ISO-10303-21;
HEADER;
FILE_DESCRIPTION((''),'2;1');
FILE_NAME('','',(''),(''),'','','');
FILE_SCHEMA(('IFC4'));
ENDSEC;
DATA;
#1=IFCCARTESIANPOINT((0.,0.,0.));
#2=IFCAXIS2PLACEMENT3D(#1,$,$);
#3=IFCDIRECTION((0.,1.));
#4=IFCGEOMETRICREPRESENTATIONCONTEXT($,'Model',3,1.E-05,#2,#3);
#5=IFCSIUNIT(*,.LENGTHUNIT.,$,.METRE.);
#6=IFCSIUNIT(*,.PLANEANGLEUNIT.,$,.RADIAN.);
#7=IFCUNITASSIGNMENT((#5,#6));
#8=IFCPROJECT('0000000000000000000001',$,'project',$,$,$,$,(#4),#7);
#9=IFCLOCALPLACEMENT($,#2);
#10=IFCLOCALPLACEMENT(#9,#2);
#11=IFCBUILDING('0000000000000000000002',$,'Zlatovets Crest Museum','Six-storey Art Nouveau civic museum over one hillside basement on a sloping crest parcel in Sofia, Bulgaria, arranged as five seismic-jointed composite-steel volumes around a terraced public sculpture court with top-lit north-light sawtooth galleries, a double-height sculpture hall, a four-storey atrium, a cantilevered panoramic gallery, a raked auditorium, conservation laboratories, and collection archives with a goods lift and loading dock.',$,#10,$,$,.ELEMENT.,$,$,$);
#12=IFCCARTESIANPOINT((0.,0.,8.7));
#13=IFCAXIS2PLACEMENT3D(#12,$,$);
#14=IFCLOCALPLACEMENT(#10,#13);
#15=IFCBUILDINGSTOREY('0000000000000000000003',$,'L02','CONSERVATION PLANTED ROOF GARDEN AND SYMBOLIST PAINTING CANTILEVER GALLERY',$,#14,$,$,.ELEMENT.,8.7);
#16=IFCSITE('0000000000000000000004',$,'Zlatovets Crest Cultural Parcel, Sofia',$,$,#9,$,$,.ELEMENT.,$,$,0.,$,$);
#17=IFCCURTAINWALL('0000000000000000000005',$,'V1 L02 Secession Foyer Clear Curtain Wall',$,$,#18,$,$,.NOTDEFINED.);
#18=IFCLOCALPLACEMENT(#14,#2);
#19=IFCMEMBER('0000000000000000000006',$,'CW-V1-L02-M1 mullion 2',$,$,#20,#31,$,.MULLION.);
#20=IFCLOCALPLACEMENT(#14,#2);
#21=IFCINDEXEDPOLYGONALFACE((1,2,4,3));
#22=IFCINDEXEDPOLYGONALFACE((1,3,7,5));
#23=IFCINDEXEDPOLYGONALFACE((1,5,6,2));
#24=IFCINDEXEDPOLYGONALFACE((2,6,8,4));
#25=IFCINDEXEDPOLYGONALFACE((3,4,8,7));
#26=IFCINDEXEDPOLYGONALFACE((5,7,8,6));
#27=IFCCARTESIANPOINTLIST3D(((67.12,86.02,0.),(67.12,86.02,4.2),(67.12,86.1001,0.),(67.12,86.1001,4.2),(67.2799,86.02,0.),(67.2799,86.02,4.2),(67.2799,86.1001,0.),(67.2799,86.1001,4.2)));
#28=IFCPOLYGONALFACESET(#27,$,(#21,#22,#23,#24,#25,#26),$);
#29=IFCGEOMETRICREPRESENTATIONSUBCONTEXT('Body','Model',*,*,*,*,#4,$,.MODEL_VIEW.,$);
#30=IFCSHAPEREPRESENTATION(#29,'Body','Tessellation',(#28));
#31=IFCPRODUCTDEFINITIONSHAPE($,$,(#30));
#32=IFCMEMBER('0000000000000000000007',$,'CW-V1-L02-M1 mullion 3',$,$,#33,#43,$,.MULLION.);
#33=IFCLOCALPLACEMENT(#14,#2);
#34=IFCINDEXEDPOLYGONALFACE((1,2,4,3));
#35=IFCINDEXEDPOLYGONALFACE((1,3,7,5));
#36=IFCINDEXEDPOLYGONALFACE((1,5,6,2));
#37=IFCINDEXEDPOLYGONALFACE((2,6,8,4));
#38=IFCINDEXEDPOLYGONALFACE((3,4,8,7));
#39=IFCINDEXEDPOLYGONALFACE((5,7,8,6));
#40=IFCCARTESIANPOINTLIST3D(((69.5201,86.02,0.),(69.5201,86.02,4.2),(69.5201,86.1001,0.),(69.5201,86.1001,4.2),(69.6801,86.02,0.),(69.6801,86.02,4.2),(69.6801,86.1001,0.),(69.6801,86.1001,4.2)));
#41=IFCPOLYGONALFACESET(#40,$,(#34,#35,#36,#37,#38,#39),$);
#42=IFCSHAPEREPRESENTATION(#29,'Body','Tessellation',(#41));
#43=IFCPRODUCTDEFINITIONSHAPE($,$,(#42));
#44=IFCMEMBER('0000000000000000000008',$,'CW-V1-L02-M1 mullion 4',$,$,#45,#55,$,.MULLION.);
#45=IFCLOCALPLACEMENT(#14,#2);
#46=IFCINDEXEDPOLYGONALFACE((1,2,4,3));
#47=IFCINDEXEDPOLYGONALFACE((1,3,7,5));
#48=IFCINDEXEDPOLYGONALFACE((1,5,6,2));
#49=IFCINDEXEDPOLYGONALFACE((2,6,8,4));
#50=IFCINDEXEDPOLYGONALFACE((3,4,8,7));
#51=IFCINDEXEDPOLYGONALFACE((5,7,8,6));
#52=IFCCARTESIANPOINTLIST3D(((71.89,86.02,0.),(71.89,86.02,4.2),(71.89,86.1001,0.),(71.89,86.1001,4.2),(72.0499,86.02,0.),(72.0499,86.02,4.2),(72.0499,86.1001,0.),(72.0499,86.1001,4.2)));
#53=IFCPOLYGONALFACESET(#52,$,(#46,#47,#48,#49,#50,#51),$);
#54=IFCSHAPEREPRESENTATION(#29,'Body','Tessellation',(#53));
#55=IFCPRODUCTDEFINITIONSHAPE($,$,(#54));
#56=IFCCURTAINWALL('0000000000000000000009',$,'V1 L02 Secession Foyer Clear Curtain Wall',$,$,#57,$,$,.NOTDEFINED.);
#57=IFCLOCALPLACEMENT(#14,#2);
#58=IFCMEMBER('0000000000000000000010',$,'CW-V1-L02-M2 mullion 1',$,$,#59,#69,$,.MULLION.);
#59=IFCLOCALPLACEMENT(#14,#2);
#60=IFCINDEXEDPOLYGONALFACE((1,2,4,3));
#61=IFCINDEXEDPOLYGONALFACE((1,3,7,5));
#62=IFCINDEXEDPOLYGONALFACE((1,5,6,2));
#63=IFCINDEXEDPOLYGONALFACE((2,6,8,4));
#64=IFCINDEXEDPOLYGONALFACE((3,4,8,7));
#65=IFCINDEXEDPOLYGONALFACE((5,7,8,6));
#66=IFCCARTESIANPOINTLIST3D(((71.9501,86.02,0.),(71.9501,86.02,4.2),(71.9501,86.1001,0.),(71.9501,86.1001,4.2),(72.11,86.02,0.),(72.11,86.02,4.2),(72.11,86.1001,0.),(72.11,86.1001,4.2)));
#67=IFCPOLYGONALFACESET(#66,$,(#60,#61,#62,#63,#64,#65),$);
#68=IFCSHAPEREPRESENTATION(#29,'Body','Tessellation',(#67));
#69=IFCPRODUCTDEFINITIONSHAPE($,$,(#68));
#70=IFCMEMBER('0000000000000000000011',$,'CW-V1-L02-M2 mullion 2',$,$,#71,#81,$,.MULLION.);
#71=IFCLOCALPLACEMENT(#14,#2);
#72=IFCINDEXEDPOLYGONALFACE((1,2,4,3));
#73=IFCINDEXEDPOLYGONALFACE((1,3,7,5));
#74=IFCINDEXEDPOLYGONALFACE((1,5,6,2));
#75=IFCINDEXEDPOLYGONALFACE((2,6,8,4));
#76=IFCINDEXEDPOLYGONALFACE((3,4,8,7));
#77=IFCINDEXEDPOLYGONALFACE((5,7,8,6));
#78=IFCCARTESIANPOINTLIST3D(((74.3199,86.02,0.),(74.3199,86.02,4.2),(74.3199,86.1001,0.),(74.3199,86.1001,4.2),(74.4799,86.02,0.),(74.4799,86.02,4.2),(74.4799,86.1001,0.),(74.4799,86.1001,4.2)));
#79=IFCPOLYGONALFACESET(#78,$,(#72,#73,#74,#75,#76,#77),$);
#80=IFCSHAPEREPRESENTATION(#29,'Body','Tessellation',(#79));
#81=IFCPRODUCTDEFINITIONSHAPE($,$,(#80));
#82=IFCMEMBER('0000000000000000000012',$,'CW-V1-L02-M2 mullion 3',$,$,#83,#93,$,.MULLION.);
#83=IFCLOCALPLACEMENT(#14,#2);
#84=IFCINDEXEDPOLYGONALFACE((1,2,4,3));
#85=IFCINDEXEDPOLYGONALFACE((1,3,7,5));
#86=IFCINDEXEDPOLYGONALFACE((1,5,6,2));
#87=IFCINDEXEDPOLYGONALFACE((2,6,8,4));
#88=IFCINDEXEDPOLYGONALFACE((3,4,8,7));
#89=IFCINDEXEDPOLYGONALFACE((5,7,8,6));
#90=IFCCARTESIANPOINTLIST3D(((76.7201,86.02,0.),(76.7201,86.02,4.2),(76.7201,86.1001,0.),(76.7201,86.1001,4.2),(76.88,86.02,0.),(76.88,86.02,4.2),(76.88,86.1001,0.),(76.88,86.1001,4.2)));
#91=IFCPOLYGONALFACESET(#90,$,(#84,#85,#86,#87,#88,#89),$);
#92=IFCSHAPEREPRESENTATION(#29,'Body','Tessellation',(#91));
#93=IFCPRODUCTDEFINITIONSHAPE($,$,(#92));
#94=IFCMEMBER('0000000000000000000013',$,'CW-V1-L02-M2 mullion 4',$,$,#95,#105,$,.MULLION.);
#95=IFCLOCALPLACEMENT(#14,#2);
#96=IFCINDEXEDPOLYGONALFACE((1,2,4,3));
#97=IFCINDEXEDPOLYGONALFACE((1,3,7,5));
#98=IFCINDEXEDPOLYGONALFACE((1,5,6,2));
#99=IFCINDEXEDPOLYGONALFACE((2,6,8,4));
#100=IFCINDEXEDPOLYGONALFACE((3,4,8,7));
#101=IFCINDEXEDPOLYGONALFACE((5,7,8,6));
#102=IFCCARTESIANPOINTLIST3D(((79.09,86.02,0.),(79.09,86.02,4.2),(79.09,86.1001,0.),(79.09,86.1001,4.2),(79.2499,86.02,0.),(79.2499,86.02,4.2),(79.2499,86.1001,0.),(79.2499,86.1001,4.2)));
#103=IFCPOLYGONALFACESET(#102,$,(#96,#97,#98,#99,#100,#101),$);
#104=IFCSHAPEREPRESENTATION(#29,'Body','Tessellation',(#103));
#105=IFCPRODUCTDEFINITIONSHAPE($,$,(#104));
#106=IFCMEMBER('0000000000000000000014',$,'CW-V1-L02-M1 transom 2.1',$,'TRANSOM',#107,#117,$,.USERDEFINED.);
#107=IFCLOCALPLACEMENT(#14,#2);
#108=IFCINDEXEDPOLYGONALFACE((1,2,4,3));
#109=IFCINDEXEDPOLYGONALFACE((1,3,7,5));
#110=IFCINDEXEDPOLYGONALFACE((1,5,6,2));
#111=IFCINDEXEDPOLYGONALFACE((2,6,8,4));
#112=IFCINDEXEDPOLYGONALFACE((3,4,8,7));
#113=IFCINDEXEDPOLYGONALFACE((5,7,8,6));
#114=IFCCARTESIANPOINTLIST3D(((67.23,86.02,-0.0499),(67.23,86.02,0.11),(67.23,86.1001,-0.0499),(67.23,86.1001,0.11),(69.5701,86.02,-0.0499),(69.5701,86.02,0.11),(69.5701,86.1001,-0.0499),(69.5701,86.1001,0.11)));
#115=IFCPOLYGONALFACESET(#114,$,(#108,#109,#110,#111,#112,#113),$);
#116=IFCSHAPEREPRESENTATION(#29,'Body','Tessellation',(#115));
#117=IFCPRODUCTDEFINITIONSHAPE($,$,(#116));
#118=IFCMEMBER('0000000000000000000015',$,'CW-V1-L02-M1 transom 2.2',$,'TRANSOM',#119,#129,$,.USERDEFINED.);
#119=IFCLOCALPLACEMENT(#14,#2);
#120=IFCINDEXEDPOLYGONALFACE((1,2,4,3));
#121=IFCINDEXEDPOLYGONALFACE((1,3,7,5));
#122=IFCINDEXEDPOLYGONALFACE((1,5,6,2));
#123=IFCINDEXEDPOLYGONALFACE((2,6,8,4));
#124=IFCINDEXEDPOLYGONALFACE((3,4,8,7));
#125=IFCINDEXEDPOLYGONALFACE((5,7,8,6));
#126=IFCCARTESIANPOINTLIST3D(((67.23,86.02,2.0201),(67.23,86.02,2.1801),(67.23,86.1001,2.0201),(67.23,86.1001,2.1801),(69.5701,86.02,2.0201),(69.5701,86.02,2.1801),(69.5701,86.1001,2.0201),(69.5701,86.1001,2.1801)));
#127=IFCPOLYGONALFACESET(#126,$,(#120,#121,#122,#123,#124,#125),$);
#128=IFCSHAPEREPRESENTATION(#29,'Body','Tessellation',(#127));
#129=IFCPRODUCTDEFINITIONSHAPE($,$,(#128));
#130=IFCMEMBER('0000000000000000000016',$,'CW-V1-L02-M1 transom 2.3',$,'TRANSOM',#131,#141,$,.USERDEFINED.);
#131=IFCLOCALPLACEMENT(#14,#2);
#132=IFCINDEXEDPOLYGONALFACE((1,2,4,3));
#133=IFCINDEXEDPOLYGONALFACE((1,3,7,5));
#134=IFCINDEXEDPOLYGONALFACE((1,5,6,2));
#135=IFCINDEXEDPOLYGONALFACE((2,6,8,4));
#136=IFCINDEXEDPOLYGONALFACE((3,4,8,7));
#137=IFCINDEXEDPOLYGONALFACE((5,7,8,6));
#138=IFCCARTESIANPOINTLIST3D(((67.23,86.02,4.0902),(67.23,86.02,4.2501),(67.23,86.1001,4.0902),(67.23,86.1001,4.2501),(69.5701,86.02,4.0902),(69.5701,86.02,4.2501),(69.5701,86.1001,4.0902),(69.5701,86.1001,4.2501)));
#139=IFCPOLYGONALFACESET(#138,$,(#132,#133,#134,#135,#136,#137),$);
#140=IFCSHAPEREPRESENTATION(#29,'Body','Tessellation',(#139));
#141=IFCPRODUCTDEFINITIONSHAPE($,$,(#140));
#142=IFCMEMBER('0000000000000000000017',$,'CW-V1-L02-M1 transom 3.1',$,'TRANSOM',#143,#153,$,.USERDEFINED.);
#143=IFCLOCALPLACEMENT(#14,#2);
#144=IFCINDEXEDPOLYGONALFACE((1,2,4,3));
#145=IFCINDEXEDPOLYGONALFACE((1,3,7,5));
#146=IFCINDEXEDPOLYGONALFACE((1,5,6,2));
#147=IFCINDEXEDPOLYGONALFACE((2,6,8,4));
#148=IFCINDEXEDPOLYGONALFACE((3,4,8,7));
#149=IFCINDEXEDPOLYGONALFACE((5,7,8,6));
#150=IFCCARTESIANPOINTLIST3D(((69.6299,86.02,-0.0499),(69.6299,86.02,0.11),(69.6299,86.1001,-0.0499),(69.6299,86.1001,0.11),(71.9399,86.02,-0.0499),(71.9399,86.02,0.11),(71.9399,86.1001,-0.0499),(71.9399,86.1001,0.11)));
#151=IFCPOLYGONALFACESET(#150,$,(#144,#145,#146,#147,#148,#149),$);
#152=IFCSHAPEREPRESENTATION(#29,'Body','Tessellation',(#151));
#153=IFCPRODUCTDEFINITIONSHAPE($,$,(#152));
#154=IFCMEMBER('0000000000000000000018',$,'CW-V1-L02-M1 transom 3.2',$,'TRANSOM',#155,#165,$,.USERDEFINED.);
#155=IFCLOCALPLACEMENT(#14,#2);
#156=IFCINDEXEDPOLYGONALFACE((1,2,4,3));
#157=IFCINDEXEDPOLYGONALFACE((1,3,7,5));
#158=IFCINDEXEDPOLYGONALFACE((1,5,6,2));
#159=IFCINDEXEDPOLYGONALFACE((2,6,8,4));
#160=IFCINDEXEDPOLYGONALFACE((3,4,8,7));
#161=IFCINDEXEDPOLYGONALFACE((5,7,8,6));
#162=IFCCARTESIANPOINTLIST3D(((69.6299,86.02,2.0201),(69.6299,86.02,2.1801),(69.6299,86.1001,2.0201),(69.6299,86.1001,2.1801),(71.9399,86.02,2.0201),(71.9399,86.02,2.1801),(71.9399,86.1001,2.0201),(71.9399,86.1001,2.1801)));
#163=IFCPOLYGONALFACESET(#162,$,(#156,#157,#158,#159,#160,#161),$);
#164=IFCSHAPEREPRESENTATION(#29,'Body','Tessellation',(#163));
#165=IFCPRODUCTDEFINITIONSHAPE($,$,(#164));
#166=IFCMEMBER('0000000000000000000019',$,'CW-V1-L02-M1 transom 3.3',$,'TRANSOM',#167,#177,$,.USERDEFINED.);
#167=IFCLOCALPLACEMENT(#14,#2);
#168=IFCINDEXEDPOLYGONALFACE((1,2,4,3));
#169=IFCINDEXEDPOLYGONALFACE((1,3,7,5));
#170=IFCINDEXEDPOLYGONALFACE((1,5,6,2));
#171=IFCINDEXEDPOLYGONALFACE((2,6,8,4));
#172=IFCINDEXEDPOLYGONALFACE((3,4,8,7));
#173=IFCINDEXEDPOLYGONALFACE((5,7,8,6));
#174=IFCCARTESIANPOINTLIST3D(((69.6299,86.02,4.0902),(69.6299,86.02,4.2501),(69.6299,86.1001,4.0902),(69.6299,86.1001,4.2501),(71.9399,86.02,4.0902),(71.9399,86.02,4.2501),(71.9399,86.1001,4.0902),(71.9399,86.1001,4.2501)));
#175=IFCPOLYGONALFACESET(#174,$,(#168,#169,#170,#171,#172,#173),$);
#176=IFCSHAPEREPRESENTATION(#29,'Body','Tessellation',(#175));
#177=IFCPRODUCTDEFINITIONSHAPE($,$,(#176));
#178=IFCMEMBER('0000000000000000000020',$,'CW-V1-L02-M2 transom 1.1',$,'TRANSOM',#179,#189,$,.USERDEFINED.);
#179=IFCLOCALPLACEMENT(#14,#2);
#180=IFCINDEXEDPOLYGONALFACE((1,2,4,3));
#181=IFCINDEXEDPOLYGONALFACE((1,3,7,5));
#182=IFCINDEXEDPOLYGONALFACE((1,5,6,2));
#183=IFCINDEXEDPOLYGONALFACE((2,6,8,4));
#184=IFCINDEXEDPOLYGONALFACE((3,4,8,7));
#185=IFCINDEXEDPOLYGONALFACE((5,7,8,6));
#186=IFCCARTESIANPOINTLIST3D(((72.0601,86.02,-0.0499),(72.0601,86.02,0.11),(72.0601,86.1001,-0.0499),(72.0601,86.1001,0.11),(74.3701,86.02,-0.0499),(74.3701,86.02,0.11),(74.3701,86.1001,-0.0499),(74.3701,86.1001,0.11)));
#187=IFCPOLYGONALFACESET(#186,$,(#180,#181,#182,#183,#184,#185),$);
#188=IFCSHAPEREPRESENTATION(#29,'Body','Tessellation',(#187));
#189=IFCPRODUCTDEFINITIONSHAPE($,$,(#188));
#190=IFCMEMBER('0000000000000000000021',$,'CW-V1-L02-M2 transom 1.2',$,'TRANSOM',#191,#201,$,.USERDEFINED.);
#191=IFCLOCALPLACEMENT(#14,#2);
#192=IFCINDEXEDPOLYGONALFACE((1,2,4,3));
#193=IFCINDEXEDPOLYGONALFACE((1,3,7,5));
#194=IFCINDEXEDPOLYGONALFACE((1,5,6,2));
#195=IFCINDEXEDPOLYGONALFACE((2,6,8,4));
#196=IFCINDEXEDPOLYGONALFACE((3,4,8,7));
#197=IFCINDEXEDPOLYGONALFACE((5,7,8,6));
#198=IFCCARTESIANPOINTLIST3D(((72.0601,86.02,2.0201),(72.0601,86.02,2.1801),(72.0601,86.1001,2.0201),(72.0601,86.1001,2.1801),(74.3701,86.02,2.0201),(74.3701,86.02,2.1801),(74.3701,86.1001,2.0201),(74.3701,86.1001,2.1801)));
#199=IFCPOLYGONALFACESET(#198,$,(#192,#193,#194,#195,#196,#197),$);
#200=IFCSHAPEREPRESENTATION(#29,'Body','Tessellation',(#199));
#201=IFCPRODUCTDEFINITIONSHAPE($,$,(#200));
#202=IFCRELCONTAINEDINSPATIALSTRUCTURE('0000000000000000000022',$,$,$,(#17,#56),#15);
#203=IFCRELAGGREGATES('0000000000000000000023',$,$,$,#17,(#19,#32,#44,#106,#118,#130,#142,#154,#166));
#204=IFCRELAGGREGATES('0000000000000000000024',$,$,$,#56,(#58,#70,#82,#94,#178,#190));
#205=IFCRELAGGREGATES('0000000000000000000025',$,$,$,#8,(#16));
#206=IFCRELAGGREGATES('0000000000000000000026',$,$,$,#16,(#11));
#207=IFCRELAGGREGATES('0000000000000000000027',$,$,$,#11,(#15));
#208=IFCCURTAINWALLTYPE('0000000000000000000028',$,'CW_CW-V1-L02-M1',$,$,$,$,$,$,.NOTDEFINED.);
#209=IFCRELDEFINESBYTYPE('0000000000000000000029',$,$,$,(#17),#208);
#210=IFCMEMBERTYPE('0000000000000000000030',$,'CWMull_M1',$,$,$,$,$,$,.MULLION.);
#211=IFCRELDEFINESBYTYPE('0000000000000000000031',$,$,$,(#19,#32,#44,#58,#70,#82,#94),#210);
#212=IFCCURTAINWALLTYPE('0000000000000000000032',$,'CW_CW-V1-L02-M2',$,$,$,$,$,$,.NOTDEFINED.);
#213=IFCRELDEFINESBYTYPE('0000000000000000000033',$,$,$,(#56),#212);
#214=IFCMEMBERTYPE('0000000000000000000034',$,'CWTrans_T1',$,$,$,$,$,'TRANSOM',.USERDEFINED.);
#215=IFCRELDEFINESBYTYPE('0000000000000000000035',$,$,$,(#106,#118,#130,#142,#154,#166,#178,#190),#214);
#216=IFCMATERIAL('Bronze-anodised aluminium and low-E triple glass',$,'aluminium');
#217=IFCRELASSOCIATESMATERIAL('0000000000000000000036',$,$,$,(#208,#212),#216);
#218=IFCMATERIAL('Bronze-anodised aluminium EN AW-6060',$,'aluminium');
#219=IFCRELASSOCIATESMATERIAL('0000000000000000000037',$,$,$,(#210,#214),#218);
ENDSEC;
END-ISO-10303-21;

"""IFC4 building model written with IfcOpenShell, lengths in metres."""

from ifc_helpers import new_model, si_unit, direction, frame, origin, origin_2d, place, context, subcontext, project, spatial, rectangle, extrude, material, material_profile, profile_set, type_object, element, aggregate, save


model = new_model("IFC4")

# Units and contexts
model_context = context("Model", 3, precision=1e-05, world=origin(), true_north=direction((0.0, 1.0)))
body_context = subcontext(model_context, "Body", "Model", "MODEL_VIEW")
ifc_project = project(units=[si_unit("LENGTHUNIT", "METRE"), si_unit("PLANEANGLEUNIT", "RADIAN")], contexts=[model_context])

# Site, building, storey
site_placement = place(None, origin())
site = spatial("IfcSite", under=ifc_project, at=site_placement, Name="Zlatovets Crest Cultural Parcel, Sofia", CompositionType="ELEMENT", RefElevation=0.0)
building_placement = place(site_placement, origin())
building = spatial("IfcBuilding", under=site, at=building_placement, Name="Zlatovets Crest Museum", Description="Six-storey Art Nouveau civic museum over one hillside basement on a sloping crest parcel in Sofia, Bulgaria, arranged as five seismic-jointed composite-steel volumes around a terraced public sculpture court with top-lit north-light sawtooth galleries, a double-height sculpture hall, a four-storey atrium, a cantilevered panoramic gallery, a raked auditorium, conservation laboratories, and collection archives with a goods lift and loading dock.", CompositionType="ELEMENT")
storey_placement = place(building_placement, frame((0.0, 0.0, 8.7)))
storey = spatial("IfcBuildingStorey", under=building, at=storey_placement, Name="L02", Description="CONSERVATION PLANTED ROOF GARDEN AND SYMBOLIST PAINTING CANTILEVER GALLERY", CompositionType="ELEMENT", Elevation=8.7)

# Curtain walls, members
ifc_material_1 = material(Name="Bronze-anodised aluminium and low-E triple glass", Category="aluminium")
curtain_wall_type_1 = type_object("IfcCurtainWallType", Name="CW_CW-V1-L02-M1", PredefinedType="NOTDEFINED", material=ifc_material_1)
curtain_wall_1_placement = place(storey_placement, origin())
curtain_wall_1 = element("IfcCurtainWall", 1, at=curtain_wall_1_placement, inside=storey, type_object=curtain_wall_type_1, Name="V1 L02 Secession Foyer Clear Curtain Wall", PredefinedType="NOTDEFINED")
ifc_material_2 = material(Name="Bronze-anodised aluminium EN AW-6060", Category="aluminium")
ifc_material_profile_1 = material_profile(ifc_material_2, rectangle(XDim=0.0801, YDim=0.1599, at=origin_2d()), Name="ALU 80x160")
ifc_profile_set_1 = profile_set([ifc_material_profile_1], Name="Bronze-anodised aluminium EN AW-6060")
member_type_1 = type_object("IfcMemberType", Name="CWMull_M1", PredefinedType="MULLION", material=ifc_profile_set_1)
member_1_placement = place(storey_placement, frame((67.2, 86.0601, 0.0), z_axis=(0.0, 0.0, 1.0), x_axis=(0.0, 1.0, 0.0)))
member_1 = element("IfcMember", 2, at=member_1_placement, type_object=member_type_1, Name="CW-V1-L02-M1 mullion 2", PredefinedType="MULLION", context=body_context, shape_type="SweptSolid", body=[
    extrude(rectangle(XDim=0.0801, YDim=0.1599, at=origin_2d()), origin(), (0.0, 0.0, 1.0), 4.2),
])
member_2_placement = place(storey_placement, frame((69.6001, 86.0601, 0.0), z_axis=(0.0, 0.0, 1.0), x_axis=(0.0, 1.0, 0.0)))
member_2 = element("IfcMember", 3, at=member_2_placement, type_object=member_type_1, Name="CW-V1-L02-M1 mullion 3", PredefinedType="MULLION", context=body_context, shape_type="SweptSolid", body=[
    extrude(rectangle(XDim=0.0801, YDim=0.1599, at=origin_2d()), origin(), (0.0, 0.0, 1.0), 4.2),
])
member_3_placement = place(storey_placement, frame((71.97, 86.0601, 0.0), z_axis=(0.0, 0.0, 1.0), x_axis=(0.0, 1.0, 0.0)))
member_3 = element("IfcMember", 4, at=member_3_placement, type_object=member_type_1, Name="CW-V1-L02-M1 mullion 4", PredefinedType="MULLION", context=body_context, shape_type="SweptSolid", body=[
    extrude(rectangle(XDim=0.0801, YDim=0.1599, at=origin_2d()), origin(), (0.0, 0.0, 1.0), 4.2),
])
curtain_wall_type_2 = type_object("IfcCurtainWallType", Name="CW_CW-V1-L02-M2", PredefinedType="NOTDEFINED", material=ifc_material_1)
curtain_wall_2_placement = place(storey_placement, origin())
curtain_wall_2 = element("IfcCurtainWall", 5, at=curtain_wall_2_placement, inside=storey, type_object=curtain_wall_type_2, Name="V1 L02 Secession Foyer Clear Curtain Wall", PredefinedType="NOTDEFINED")
member_4_placement = place(storey_placement, frame((72.03, 86.0601, 0.0), z_axis=(0.0, 0.0, 1.0), x_axis=(0.0, 1.0, 0.0)))
member_4 = element("IfcMember", 6, at=member_4_placement, type_object=member_type_1, Name="CW-V1-L02-M2 mullion 1", PredefinedType="MULLION", context=body_context, shape_type="SweptSolid", body=[
    extrude(rectangle(XDim=0.0801, YDim=0.1599, at=origin_2d()), origin(), (0.0, 0.0, 1.0), 4.2),
])
member_5_placement = place(storey_placement, frame((74.3999, 86.0601, 0.0), z_axis=(0.0, 0.0, 1.0), x_axis=(0.0, 1.0, 0.0)))
member_5 = element("IfcMember", 7, at=member_5_placement, type_object=member_type_1, Name="CW-V1-L02-M2 mullion 2", PredefinedType="MULLION", context=body_context, shape_type="SweptSolid", body=[
    extrude(rectangle(XDim=0.0801, YDim=0.1599, at=origin_2d()), origin(), (0.0, 0.0, 1.0), 4.2),
])
member_6_placement = place(storey_placement, frame((76.8, 86.0601, 0.0), z_axis=(0.0, 0.0, 1.0), x_axis=(0.0, 1.0, 0.0)))
member_6 = element("IfcMember", 8, at=member_6_placement, type_object=member_type_1, Name="CW-V1-L02-M2 mullion 3", PredefinedType="MULLION", context=body_context, shape_type="SweptSolid", body=[
    extrude(rectangle(XDim=0.0801, YDim=0.1599, at=origin_2d()), origin(), (0.0, 0.0, 1.0), 4.2),
])
member_7_placement = place(storey_placement, frame((79.1699, 86.0601, 0.0), z_axis=(0.0, 0.0, 1.0), x_axis=(0.0, 1.0, 0.0)))
member_7 = element("IfcMember", 9, at=member_7_placement, type_object=member_type_1, Name="CW-V1-L02-M2 mullion 4", PredefinedType="MULLION", context=body_context, shape_type="SweptSolid", body=[
    extrude(rectangle(XDim=0.0801, YDim=0.1599, at=origin_2d()), origin(), (0.0, 0.0, 1.0), 4.2),
])

# Members
ifc_material_profile_2 = material_profile(ifc_material_2, rectangle(XDim=0.0801, YDim=0.1599, at=origin_2d()), Name="ALU 80x160")
ifc_profile_set_2 = profile_set([ifc_material_profile_2], Name="Bronze-anodised aluminium EN AW-6060")
member_type_2 = type_object("IfcMemberType", Name="CWTrans_T1", ElementType="TRANSOM", PredefinedType="USERDEFINED", material=ifc_profile_set_2)
member_8_placement = place(storey_placement, frame((67.23, 86.0601, 0.03), z_axis=(1.0, 0.0, 0.0), x_axis=(0.0, 1.0, 0.0)))
member_8 = element("IfcMember", 10, at=member_8_placement, type_object=member_type_2, Name="CW-V1-L02-M1 transom 2.1", ObjectType="TRANSOM", PredefinedType="USERDEFINED", context=body_context, shape_type="SweptSolid", body=[
    extrude(rectangle(XDim=0.0801, YDim=0.1599, at=origin_2d()), origin(), (0.0, 0.0, 1.0), 2.3401),
])
member_9_placement = place(storey_placement, frame((67.23, 86.0601, 2.1001), z_axis=(1.0, 0.0, 0.0), x_axis=(0.0, 1.0, 0.0)))
member_9 = element("IfcMember", 11, at=member_9_placement, type_object=member_type_2, Name="CW-V1-L02-M1 transom 2.2", ObjectType="TRANSOM", PredefinedType="USERDEFINED", context=body_context, shape_type="SweptSolid", body=[
    extrude(rectangle(XDim=0.0801, YDim=0.1599, at=origin_2d()), origin(), (0.0, 0.0, 1.0), 2.3401),
])
member_10_placement = place(storey_placement, frame((67.23, 86.0601, 4.1702), z_axis=(1.0, 0.0, 0.0), x_axis=(0.0, 1.0, 0.0)))
member_10 = element("IfcMember", 12, at=member_10_placement, type_object=member_type_2, Name="CW-V1-L02-M1 transom 2.3", ObjectType="TRANSOM", PredefinedType="USERDEFINED", context=body_context, shape_type="SweptSolid", body=[
    extrude(rectangle(XDim=0.0801, YDim=0.1599, at=origin_2d()), origin(), (0.0, 0.0, 1.0), 2.3401),
])
member_11_placement = place(storey_placement, frame((69.6299, 86.0601, 0.03), z_axis=(1.0, 0.0, 0.0), x_axis=(0.0, 1.0, 0.0)))
member_11 = element("IfcMember", 13, at=member_11_placement, type_object=member_type_2, Name="CW-V1-L02-M1 transom 3.1", ObjectType="TRANSOM", PredefinedType="USERDEFINED", context=body_context, shape_type="SweptSolid", body=[
    extrude(rectangle(XDim=0.0801, YDim=0.1599, at=origin_2d()), origin(), (0.0, 0.0, 1.0), 2.3101),
])
member_12_placement = place(storey_placement, frame((69.6299, 86.0601, 2.1001), z_axis=(1.0, 0.0, 0.0), x_axis=(0.0, 1.0, 0.0)))
member_12 = element("IfcMember", 14, at=member_12_placement, type_object=member_type_2, Name="CW-V1-L02-M1 transom 3.2", ObjectType="TRANSOM", PredefinedType="USERDEFINED", context=body_context, shape_type="SweptSolid", body=[
    extrude(rectangle(XDim=0.0801, YDim=0.1599, at=origin_2d()), origin(), (0.0, 0.0, 1.0), 2.3101),
])
member_13_placement = place(storey_placement, frame((69.6299, 86.0601, 4.1702), z_axis=(1.0, 0.0, 0.0), x_axis=(0.0, 1.0, 0.0)))
member_13 = element("IfcMember", 15, at=member_13_placement, type_object=member_type_2, Name="CW-V1-L02-M1 transom 3.3", ObjectType="TRANSOM", PredefinedType="USERDEFINED", context=body_context, shape_type="SweptSolid", body=[
    extrude(rectangle(XDim=0.0801, YDim=0.1599, at=origin_2d()), origin(), (0.0, 0.0, 1.0), 2.3101),
])
member_14_placement = place(storey_placement, frame((72.0601, 86.0601, 0.03), z_axis=(1.0, 0.0, 0.0), x_axis=(0.0, 1.0, 0.0)))
member_14 = element("IfcMember", 16, at=member_14_placement, type_object=member_type_2, Name="CW-V1-L02-M2 transom 1.1", ObjectType="TRANSOM", PredefinedType="USERDEFINED", context=body_context, shape_type="SweptSolid", body=[
    extrude(rectangle(XDim=0.0801, YDim=0.1599, at=origin_2d()), origin(), (0.0, 0.0, 1.0), 2.3101),
])
member_15_placement = place(storey_placement, frame((72.0601, 86.0601, 2.1001), z_axis=(1.0, 0.0, 0.0), x_axis=(0.0, 1.0, 0.0)))
member_15 = element("IfcMember", 17, at=member_15_placement, type_object=member_type_2, Name="CW-V1-L02-M2 transom 1.2", ObjectType="TRANSOM", PredefinedType="USERDEFINED", context=body_context, shape_type="SweptSolid", body=[
    extrude(rectangle(XDim=0.0801, YDim=0.1599, at=origin_2d()), origin(), (0.0, 0.0, 1.0), 2.3101),
])

aggregate(curtain_wall_1, [member_1, member_2, member_3, member_8, member_9, member_10, member_11, member_12, member_13])
aggregate(curtain_wall_2, [member_4, member_5, member_6, member_7, member_14, member_15])

save(model, "model.ifc")
